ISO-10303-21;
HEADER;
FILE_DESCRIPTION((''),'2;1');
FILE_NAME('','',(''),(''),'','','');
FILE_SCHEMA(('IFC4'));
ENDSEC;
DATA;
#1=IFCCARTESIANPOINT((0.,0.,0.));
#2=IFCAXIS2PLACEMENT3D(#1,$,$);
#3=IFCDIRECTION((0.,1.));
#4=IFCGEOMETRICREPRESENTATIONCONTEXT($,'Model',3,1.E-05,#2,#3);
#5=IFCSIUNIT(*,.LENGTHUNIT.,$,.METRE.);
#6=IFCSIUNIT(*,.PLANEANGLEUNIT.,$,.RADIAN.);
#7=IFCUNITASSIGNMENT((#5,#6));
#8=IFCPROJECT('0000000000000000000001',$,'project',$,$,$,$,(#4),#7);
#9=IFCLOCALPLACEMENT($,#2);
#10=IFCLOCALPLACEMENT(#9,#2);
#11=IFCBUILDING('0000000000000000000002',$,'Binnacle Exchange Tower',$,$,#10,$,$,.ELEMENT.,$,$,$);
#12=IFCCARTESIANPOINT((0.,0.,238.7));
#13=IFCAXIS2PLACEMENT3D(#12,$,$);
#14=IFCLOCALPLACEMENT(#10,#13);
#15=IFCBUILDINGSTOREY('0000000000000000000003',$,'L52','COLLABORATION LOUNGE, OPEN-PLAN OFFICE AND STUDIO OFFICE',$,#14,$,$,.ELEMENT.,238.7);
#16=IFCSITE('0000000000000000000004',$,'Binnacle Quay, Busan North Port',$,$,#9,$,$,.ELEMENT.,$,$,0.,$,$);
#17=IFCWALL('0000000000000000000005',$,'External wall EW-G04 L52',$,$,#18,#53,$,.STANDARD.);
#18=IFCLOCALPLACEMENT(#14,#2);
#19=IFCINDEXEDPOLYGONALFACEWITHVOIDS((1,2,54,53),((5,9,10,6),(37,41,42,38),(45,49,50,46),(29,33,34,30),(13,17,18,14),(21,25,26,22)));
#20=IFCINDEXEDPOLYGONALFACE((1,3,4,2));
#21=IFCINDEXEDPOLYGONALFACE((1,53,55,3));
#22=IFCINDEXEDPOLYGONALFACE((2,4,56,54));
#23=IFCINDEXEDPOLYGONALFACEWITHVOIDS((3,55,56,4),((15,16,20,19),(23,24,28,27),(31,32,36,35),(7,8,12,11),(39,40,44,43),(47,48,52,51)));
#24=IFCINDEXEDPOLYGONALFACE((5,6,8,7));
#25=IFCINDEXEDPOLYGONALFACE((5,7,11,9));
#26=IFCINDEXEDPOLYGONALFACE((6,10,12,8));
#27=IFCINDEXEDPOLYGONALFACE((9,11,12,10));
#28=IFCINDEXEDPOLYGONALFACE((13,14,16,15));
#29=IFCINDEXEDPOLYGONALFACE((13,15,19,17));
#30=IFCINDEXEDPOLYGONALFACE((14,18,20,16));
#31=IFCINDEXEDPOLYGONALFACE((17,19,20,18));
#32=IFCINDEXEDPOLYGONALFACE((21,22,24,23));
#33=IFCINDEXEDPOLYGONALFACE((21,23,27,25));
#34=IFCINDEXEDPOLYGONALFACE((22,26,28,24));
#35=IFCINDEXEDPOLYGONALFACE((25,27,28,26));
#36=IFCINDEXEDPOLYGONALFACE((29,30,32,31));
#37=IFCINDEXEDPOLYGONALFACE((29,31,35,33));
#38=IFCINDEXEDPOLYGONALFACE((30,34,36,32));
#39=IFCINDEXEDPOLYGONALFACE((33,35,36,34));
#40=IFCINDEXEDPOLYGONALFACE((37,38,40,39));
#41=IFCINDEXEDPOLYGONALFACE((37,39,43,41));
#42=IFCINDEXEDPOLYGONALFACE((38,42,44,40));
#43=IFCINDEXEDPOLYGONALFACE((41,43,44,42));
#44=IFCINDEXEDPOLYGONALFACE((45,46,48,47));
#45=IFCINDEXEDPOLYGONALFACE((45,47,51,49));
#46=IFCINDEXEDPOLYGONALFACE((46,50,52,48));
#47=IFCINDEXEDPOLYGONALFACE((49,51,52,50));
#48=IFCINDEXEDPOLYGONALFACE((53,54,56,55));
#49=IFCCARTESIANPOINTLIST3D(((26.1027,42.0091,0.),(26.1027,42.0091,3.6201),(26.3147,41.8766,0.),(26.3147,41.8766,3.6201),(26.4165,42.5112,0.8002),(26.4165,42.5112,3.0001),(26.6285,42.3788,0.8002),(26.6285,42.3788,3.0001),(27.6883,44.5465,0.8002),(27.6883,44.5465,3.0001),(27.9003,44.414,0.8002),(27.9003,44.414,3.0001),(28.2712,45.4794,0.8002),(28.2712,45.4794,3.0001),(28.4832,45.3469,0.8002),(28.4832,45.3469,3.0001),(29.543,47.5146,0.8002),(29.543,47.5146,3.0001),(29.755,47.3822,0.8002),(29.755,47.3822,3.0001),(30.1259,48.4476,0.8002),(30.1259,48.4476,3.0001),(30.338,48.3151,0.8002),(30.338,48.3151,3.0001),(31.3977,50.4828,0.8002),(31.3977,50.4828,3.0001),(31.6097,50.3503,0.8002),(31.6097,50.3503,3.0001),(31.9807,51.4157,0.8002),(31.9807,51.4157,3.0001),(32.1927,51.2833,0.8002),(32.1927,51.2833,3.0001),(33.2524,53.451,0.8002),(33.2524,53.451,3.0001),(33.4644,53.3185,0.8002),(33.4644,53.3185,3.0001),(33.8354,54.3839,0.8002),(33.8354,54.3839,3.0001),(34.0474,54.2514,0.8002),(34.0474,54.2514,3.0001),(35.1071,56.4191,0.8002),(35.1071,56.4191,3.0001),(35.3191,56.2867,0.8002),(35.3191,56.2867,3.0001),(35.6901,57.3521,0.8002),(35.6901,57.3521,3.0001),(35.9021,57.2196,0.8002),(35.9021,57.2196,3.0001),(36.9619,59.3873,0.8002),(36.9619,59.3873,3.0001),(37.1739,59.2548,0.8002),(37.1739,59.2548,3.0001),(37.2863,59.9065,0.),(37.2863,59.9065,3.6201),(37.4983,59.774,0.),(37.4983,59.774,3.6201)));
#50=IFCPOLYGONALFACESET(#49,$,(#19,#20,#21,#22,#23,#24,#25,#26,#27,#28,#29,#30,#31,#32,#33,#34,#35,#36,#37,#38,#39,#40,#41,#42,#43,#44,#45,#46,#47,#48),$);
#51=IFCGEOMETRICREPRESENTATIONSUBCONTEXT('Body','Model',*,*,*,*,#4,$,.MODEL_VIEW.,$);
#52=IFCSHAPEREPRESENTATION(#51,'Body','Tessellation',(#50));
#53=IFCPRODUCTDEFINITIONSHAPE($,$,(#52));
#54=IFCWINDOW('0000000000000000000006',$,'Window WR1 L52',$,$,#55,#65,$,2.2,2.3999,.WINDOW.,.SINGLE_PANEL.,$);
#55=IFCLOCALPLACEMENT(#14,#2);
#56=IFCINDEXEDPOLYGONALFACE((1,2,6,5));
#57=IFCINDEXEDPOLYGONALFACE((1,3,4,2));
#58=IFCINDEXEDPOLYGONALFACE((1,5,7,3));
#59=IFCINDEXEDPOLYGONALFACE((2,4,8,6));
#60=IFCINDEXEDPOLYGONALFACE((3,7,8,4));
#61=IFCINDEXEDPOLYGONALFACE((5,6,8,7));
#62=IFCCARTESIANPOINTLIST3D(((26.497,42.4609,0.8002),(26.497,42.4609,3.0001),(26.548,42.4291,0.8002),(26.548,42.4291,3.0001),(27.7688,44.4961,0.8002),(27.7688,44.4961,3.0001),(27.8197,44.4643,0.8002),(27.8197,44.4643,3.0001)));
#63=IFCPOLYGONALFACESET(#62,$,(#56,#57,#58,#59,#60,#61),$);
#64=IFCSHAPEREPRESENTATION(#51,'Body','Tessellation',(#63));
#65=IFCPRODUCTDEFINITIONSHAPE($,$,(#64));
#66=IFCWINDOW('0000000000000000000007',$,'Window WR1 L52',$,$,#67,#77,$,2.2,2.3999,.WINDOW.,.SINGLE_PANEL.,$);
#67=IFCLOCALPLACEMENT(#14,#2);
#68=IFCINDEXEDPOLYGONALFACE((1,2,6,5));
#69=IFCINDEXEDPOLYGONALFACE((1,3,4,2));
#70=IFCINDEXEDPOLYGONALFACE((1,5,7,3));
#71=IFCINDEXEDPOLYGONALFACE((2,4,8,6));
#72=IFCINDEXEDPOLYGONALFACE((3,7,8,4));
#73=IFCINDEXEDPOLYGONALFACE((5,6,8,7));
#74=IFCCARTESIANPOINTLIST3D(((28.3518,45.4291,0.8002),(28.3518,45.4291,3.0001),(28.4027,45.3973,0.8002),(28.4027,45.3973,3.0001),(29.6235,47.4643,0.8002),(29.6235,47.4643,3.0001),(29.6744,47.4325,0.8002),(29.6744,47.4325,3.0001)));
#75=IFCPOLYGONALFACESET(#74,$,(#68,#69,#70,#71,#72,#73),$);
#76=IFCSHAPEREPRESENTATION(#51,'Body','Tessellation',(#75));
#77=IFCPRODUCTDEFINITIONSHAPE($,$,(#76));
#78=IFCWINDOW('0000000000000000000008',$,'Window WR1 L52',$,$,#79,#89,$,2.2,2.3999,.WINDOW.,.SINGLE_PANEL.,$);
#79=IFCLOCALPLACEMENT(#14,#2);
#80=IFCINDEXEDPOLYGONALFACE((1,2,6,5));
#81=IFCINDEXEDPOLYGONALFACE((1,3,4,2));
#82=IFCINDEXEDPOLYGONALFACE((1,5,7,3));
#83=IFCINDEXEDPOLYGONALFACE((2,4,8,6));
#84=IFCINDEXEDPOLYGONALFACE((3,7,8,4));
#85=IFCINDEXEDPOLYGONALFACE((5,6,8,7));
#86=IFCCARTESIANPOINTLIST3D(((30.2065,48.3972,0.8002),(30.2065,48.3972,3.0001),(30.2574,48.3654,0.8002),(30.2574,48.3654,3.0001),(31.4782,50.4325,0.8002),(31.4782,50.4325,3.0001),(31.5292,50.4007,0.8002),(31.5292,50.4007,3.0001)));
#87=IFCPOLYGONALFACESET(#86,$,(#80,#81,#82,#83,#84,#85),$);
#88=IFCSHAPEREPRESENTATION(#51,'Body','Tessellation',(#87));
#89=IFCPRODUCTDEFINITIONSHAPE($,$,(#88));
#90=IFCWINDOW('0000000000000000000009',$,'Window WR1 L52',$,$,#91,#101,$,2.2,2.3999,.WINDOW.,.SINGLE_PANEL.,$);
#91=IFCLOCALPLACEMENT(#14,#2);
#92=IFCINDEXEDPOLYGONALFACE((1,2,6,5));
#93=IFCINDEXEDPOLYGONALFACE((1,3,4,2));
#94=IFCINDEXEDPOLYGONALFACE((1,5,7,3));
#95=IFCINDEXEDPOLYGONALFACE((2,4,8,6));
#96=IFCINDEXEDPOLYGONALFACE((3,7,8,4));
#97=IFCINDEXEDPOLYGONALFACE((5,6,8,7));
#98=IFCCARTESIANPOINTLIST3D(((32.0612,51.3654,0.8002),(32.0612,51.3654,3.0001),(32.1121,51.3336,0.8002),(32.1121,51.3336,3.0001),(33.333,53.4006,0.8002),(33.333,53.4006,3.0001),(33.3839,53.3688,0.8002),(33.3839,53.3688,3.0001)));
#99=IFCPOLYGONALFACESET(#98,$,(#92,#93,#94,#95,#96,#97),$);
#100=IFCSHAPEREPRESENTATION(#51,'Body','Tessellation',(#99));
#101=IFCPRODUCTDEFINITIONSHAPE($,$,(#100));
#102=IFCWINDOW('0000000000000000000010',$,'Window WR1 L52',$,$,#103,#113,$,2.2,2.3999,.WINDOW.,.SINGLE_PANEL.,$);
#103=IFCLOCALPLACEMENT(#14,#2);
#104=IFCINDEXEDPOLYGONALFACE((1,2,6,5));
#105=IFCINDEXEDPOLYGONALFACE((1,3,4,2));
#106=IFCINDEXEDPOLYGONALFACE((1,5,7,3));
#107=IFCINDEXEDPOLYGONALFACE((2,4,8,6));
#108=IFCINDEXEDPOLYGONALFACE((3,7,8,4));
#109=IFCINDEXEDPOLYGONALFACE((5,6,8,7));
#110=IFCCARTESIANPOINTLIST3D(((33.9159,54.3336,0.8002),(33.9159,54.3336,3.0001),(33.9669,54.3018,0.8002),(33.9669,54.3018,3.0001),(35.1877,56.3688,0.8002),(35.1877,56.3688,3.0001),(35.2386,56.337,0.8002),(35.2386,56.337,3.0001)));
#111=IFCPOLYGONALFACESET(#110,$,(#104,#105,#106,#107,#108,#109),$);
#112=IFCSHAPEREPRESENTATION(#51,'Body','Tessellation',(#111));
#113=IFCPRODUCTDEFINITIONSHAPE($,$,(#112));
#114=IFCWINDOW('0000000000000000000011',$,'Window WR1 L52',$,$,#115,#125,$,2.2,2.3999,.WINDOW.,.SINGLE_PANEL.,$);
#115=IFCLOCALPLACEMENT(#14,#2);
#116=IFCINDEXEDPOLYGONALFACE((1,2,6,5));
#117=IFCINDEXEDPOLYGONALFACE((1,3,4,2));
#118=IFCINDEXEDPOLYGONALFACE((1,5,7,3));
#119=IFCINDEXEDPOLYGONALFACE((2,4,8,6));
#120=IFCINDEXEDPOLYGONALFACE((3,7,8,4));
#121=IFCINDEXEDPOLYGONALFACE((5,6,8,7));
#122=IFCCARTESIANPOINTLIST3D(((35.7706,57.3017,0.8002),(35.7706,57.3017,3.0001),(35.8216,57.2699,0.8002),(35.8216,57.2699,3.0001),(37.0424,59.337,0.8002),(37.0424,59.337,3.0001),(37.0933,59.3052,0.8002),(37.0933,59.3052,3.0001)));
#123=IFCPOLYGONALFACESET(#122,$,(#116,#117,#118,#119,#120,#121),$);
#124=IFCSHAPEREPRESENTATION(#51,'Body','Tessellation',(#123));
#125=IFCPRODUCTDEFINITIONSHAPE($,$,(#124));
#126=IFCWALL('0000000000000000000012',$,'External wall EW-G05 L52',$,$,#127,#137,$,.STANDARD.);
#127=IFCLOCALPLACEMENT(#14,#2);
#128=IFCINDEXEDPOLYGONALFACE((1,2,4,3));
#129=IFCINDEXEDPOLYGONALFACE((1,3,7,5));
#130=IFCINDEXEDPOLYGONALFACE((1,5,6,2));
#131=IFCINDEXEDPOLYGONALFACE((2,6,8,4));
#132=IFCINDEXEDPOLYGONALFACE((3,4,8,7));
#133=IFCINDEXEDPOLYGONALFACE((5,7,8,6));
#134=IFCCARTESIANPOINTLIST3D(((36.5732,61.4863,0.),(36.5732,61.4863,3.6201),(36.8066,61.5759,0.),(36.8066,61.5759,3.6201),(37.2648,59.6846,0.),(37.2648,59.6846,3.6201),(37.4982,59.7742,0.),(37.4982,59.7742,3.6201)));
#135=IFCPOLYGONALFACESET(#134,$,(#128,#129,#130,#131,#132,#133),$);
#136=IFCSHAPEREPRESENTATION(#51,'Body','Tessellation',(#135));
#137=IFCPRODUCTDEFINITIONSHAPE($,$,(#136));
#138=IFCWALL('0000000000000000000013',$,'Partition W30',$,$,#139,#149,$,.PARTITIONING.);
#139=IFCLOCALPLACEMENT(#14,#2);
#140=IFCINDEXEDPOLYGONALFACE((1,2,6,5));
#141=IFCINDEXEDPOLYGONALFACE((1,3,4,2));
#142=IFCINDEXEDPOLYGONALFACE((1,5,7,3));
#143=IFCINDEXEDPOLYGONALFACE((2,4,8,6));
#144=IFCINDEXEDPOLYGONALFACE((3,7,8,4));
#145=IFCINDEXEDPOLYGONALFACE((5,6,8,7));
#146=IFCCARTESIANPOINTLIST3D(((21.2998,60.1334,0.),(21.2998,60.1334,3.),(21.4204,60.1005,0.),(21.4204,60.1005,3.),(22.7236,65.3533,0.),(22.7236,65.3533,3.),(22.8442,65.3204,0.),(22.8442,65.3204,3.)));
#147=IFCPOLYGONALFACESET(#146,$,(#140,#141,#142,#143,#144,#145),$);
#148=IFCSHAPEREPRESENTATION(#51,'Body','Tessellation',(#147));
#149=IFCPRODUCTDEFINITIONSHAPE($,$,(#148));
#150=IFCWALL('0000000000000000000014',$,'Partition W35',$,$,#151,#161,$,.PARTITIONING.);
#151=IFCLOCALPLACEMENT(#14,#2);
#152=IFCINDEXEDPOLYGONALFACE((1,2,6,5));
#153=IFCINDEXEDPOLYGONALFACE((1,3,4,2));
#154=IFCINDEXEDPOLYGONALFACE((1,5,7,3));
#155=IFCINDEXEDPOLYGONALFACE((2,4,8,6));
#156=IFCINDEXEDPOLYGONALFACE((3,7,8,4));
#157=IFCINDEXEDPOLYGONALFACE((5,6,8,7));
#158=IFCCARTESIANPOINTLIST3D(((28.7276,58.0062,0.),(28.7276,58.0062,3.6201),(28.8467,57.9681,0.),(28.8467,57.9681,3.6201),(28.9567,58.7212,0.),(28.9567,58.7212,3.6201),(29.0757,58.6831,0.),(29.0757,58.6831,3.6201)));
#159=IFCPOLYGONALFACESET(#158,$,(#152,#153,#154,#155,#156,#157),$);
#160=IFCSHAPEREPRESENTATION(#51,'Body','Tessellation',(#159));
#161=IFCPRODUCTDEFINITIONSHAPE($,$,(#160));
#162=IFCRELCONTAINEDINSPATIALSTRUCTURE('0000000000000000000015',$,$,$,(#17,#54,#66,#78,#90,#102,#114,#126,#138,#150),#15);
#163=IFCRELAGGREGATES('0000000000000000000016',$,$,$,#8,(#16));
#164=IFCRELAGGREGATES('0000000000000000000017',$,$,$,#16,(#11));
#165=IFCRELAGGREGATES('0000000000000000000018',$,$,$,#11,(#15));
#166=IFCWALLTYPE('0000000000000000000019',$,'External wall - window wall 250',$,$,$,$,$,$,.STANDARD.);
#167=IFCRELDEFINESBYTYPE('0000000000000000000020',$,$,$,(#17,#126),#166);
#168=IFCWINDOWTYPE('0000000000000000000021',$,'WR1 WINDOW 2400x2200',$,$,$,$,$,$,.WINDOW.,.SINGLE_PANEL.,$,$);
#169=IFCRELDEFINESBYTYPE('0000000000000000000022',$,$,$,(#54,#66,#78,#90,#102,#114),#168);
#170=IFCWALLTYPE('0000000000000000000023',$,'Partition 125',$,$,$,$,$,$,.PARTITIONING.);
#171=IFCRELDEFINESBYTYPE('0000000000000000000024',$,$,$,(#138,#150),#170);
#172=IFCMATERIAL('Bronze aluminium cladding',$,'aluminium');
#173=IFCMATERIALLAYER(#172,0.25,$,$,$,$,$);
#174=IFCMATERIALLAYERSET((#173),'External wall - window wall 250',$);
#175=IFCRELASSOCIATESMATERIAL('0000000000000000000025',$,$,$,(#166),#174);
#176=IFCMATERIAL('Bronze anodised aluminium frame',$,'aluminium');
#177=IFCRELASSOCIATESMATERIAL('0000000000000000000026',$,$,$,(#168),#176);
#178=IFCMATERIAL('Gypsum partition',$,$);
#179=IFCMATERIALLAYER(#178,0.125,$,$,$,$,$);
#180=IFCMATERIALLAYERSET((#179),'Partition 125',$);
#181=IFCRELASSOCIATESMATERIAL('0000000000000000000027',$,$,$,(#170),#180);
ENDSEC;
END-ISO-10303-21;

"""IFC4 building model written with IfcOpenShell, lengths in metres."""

from ifc_helpers import new_model, si_unit, direction, frame, frame_2d, origin, place, context, subcontext, project, spatial, rectangle, extrude, material, layer, layer_set, type_object, element, fill, save


model = new_model("IFC4")

# Units and contexts
model_context = context("Model", 3, precision=1e-05, world=origin(), true_north=direction((0.0, 1.0)))
body_context = subcontext(model_context, "Body", "Model", "MODEL_VIEW")
ifc_project = project(units=[si_unit("LENGTHUNIT", "METRE"), si_unit("PLANEANGLEUNIT", "RADIAN")], contexts=[model_context])

# Site, building, storey
site_placement = place(None, origin())
site = spatial("IfcSite", under=ifc_project, at=site_placement, Name="Binnacle Quay, Busan North Port", CompositionType="ELEMENT", RefElevation=0.0)
building_placement = place(site_placement, origin())
building = spatial("IfcBuilding", under=site, at=building_placement, Name="Binnacle Exchange Tower", CompositionType="ELEMENT")
storey_placement = place(building_placement, frame((0.0, 0.0, 238.7)))
storey = spatial("IfcBuildingStorey", under=building, at=storey_placement, Name="L52", Description="COLLABORATION LOUNGE, OPEN-PLAN OFFICE AND STUDIO OFFICE", CompositionType="ELEMENT", Elevation=238.7)

# Wall, openings, windows
ifc_material_1 = material(Name="Bronze aluminium cladding", Category="aluminium")
ifc_layer_1 = layer(ifc_material_1, 0.25)
ifc_layer_set_1 = layer_set([ifc_layer_1], Name="External wall - window wall 250")
wall_type_1 = type_object("IfcWallType", Name="External wall - window wall 250", PredefinedType="STANDARD", material=ifc_layer_set_1)
wall_1_placement = place(storey_placement, frame((37.3923, 59.8403, 0.0), z_axis=(0.0, 0.0, 1.0), x_axis=(-0.52992, -0.848048, 0.0)))
wall_1 = element("IfcWall", 1, at=wall_1_placement, inside=storey, type_object=wall_type_1, Name="External wall EW-G04 L52", PredefinedType="STANDARD", context=body_context, shape_type="SweptSolid", body=[
    extrude(rectangle(XDim=21.1042, YDim=0.25, at=frame_2d((10.5522, 0.0))), origin(), (0.0, 0.0, 1.0), 3.6201),
])
opening_1_placement = place(wall_1_placement, frame((18.1123, 0.0, 0.8)))
opening_1 = element("IfcOpeningElement", 2, at=opening_1_placement, cuts=wall_1, PredefinedType="OPENING", context=body_context, shape_type="SweptSolid", body=[
    extrude(rectangle(XDim=2.3999, YDim=2.2, at=frame_2d((1.2, 1.1001))), frame((0.0, 0.135, 0.0), z_axis=(0.0, -1.0, 0.0), x_axis=(1.0, 0.0, 0.0)), (0.0, 0.0, 1.0), 0.27),
])
opening_2_placement = place(wall_1_placement, frame((14.6123, 0.0, 0.8)))
opening_2 = element("IfcOpeningElement", 3, at=opening_2_placement, cuts=wall_1, PredefinedType="OPENING", context=body_context, shape_type="SweptSolid", body=[
    extrude(rectangle(XDim=2.3999, YDim=2.2, at=frame_2d((1.2, 1.1001))), frame((0.0, 0.135, 0.0), z_axis=(0.0, -1.0, 0.0), x_axis=(1.0, 0.0, 0.0)), (0.0, 0.0, 1.0), 0.27),
])
opening_3_placement = place(wall_1_placement, frame((11.1123, 0.0, 0.8)))
opening_3 = element("IfcOpeningElement", 4, at=opening_3_placement, cuts=wall_1, PredefinedType="OPENING", context=body_context, shape_type="SweptSolid", body=[
    extrude(rectangle(XDim=2.3999, YDim=2.2, at=frame_2d((1.2, 1.1001))), frame((0.0, 0.135, 0.0), z_axis=(0.0, -1.0, 0.0), x_axis=(1.0, 0.0, 0.0)), (0.0, 0.0, 1.0), 0.27),
])
opening_4_placement = place(wall_1_placement, frame((7.6123, 0.0, 0.8)))
opening_4 = element("IfcOpeningElement", 5, at=opening_4_placement, cuts=wall_1, PredefinedType="OPENING", context=body_context, shape_type="SweptSolid", body=[
    extrude(rectangle(XDim=2.3999, YDim=2.2, at=frame_2d((1.2, 1.1001))), frame((0.0, 0.135, 0.0), z_axis=(0.0, -1.0, 0.0), x_axis=(1.0, 0.0, 0.0)), (0.0, 0.0, 1.0), 0.27),
])
opening_5_placement = place(wall_1_placement, frame((4.1123, 0.0, 0.8)))
opening_5 = element("IfcOpeningElement", 6, at=opening_5_placement, cuts=wall_1, PredefinedType="OPENING", context=body_context, shape_type="SweptSolid", body=[
    extrude(rectangle(XDim=2.3999, YDim=2.2, at=frame_2d((1.2, 1.1001))), frame((0.0, 0.135, 0.0), z_axis=(0.0, -1.0, 0.0), x_axis=(1.0, 0.0, 0.0)), (0.0, 0.0, 1.0), 0.27),
])
opening_6_placement = place(wall_1_placement, frame((0.6123, 0.0, 0.8)))
opening_6 = element("IfcOpeningElement", 7, at=opening_6_placement, cuts=wall_1, PredefinedType="OPENING", context=body_context, shape_type="SweptSolid", body=[
    extrude(rectangle(XDim=2.3999, YDim=2.2, at=frame_2d((1.2, 1.1001))), frame((0.0, 0.135, 0.0), z_axis=(0.0, -1.0, 0.0), x_axis=(1.0, 0.0, 0.0)), (0.0, 0.0, 1.0), 0.27),
])
ifc_material_2 = material(Name="Bronze anodised aluminium frame", Category="aluminium")
window_type = type_object("IfcWindowType", Name="WR1 WINDOW 2400x2200", PartitioningType="SINGLE_PANEL", PredefinedType="WINDOW", material=ifc_material_2)
window_1_placement = place(opening_1_placement, origin())
window_1 = element("IfcWindow", 8, at=window_1_placement, inside=storey, type_object=window_type, Name="Window WR1 L52", OverallHeight=2.2, OverallWidth=2.3999, PartitioningType="SINGLE_PANEL", PredefinedType="WINDOW", context=body_context, shape_type="SweptSolid", body=[
    extrude(rectangle(XDim=2.3999, YDim=2.2, at=frame_2d((1.2, 1.1001))), frame((0.0, 0.03, 0.0), z_axis=(0.0, -1.0, 0.0), x_axis=(1.0, 0.0, 0.0)), (0.0, 0.0, 1.0), 0.0601),
])
fill(opening_1, window_1)
window_2_placement = place(opening_2_placement, origin())
window_2 = element("IfcWindow", 9, at=window_2_placement, inside=storey, type_object=window_type, Name="Window WR1 L52", OverallHeight=2.2, OverallWidth=2.3999, PartitioningType="SINGLE_PANEL", PredefinedType="WINDOW", context=body_context, shape_type="SweptSolid", body=[
    extrude(rectangle(XDim=2.3999, YDim=2.2, at=frame_2d((1.2, 1.1001))), frame((0.0, 0.03, 0.0), z_axis=(0.0, -1.0, 0.0), x_axis=(1.0, 0.0, 0.0)), (0.0, 0.0, 1.0), 0.0601),
])
fill(opening_2, window_2)
window_3_placement = place(opening_3_placement, origin())
window_3 = element("IfcWindow", 10, at=window_3_placement, inside=storey, type_object=window_type, Name="Window WR1 L52", OverallHeight=2.2, OverallWidth=2.3999, PartitioningType="SINGLE_PANEL", PredefinedType="WINDOW", context=body_context, shape_type="SweptSolid", body=[
    extrude(rectangle(XDim=2.3999, YDim=2.2, at=frame_2d((1.2, 1.1001))), frame((0.0, 0.03, 0.0), z_axis=(0.0, -1.0, 0.0), x_axis=(1.0, 0.0, 0.0)), (0.0, 0.0, 1.0), 0.0601),
])
fill(opening_3, window_3)
window_4_placement = place(opening_4_placement, origin())
window_4 = element("IfcWindow", 11, at=window_4_placement, inside=storey, type_object=window_type, Name="Window WR1 L52", OverallHeight=2.2, OverallWidth=2.3999, PartitioningType="SINGLE_PANEL", PredefinedType="WINDOW", context=body_context, shape_type="SweptSolid", body=[
    extrude(rectangle(XDim=2.3999, YDim=2.2, at=frame_2d((1.2, 1.1001))), frame((0.0, 0.03, 0.0), z_axis=(0.0, -1.0, 0.0), x_axis=(1.0, 0.0, 0.0)), (0.0, 0.0, 1.0), 0.0601),
])
fill(opening_4, window_4)
window_5_placement = place(opening_5_placement, origin())
window_5 = element("IfcWindow", 12, at=window_5_placement, inside=storey, type_object=window_type, Name="Window WR1 L52", OverallHeight=2.2, OverallWidth=2.3999, PartitioningType="SINGLE_PANEL", PredefinedType="WINDOW", context=body_context, shape_type="SweptSolid", body=[
    extrude(rectangle(XDim=2.3999, YDim=2.2, at=frame_2d((1.2, 1.1001))), frame((0.0, 0.03, 0.0), z_axis=(0.0, -1.0, 0.0), x_axis=(1.0, 0.0, 0.0)), (0.0, 0.0, 1.0), 0.0601),
])
fill(opening_5, window_5)
window_6_placement = place(opening_6_placement, origin())
window_6 = element("IfcWindow", 13, at=window_6_placement, inside=storey, type_object=window_type, Name="Window WR1 L52", OverallHeight=2.2, OverallWidth=2.3999, PartitioningType="SINGLE_PANEL", PredefinedType="WINDOW", context=body_context, shape_type="SweptSolid", body=[
    extrude(rectangle(XDim=2.3999, YDim=2.2, at=frame_2d((1.2, 1.1001))), frame((0.0, 0.03, 0.0), z_axis=(0.0, -1.0, 0.0), x_axis=(1.0, 0.0, 0.0)), (0.0, 0.0, 1.0), 0.0601),
])
fill(opening_6, window_6)

# Walls
wall_2_placement = place(storey_placement, frame((36.6899, 61.531, 0.0), z_axis=(0.0, 0.0, 1.0), x_axis=(0.358377, -0.933577, 0.0)))
element("IfcWall", 14, at=wall_2_placement, inside=storey, type_object=wall_type_1, Name="External wall EW-G05 L52", PredefinedType="STANDARD", context=body_context, shape_type="SweptSolid", body=[
    extrude(rectangle(XDim=1.9299, YDim=0.25, at=frame_2d((0.9648, 0.0))), origin(), (0.0, 0.0, 1.0), 3.6201),
])
ifc_material_3 = material(Name="Gypsum partition")
ifc_layer_2 = layer(ifc_material_3, 0.125)
ifc_layer_set_2 = layer_set([ifc_layer_2], Name="Partition 125")
wall_type_2 = type_object("IfcWallType", Name="Partition 125", PredefinedType="PARTITIONING", material=ifc_layer_set_2)
wall_3_placement = place(storey_placement, frame((21.3601, 60.1169, 0.0), z_axis=(0.0, 0.0, 1.0), x_axis=(0.263152, 0.964754, 0.0)))
element("IfcWall", 15, at=wall_3_placement, inside=storey, type_object=wall_type_2, Name="Partition W30", PredefinedType="PARTITIONING", context=body_context, shape_type="SweptSolid", body=[
    extrude(rectangle(XDim=5.4106, YDim=0.125, at=frame_2d((2.7053, 0.0))), origin(), (0.0, 0.0, 1.0), 3.0),
])
wall_4_placement = place(storey_placement, frame((28.7871, 57.9871, 0.0), z_axis=(0.0, 0.0, 1.0), x_axis=(0.305083, 0.952326, 0.0)))
element("IfcWall", 16, at=wall_4_placement, inside=storey, type_object=wall_type_2, Name="Partition W35", PredefinedType="PARTITIONING", context=body_context, shape_type="SweptSolid", body=[
    extrude(rectangle(XDim=0.7507, YDim=0.125, at=frame_2d((0.3755, 0.0))), origin(), (0.0, 0.0, 1.0), 3.6201),
])

save(model, "model.ifc")
